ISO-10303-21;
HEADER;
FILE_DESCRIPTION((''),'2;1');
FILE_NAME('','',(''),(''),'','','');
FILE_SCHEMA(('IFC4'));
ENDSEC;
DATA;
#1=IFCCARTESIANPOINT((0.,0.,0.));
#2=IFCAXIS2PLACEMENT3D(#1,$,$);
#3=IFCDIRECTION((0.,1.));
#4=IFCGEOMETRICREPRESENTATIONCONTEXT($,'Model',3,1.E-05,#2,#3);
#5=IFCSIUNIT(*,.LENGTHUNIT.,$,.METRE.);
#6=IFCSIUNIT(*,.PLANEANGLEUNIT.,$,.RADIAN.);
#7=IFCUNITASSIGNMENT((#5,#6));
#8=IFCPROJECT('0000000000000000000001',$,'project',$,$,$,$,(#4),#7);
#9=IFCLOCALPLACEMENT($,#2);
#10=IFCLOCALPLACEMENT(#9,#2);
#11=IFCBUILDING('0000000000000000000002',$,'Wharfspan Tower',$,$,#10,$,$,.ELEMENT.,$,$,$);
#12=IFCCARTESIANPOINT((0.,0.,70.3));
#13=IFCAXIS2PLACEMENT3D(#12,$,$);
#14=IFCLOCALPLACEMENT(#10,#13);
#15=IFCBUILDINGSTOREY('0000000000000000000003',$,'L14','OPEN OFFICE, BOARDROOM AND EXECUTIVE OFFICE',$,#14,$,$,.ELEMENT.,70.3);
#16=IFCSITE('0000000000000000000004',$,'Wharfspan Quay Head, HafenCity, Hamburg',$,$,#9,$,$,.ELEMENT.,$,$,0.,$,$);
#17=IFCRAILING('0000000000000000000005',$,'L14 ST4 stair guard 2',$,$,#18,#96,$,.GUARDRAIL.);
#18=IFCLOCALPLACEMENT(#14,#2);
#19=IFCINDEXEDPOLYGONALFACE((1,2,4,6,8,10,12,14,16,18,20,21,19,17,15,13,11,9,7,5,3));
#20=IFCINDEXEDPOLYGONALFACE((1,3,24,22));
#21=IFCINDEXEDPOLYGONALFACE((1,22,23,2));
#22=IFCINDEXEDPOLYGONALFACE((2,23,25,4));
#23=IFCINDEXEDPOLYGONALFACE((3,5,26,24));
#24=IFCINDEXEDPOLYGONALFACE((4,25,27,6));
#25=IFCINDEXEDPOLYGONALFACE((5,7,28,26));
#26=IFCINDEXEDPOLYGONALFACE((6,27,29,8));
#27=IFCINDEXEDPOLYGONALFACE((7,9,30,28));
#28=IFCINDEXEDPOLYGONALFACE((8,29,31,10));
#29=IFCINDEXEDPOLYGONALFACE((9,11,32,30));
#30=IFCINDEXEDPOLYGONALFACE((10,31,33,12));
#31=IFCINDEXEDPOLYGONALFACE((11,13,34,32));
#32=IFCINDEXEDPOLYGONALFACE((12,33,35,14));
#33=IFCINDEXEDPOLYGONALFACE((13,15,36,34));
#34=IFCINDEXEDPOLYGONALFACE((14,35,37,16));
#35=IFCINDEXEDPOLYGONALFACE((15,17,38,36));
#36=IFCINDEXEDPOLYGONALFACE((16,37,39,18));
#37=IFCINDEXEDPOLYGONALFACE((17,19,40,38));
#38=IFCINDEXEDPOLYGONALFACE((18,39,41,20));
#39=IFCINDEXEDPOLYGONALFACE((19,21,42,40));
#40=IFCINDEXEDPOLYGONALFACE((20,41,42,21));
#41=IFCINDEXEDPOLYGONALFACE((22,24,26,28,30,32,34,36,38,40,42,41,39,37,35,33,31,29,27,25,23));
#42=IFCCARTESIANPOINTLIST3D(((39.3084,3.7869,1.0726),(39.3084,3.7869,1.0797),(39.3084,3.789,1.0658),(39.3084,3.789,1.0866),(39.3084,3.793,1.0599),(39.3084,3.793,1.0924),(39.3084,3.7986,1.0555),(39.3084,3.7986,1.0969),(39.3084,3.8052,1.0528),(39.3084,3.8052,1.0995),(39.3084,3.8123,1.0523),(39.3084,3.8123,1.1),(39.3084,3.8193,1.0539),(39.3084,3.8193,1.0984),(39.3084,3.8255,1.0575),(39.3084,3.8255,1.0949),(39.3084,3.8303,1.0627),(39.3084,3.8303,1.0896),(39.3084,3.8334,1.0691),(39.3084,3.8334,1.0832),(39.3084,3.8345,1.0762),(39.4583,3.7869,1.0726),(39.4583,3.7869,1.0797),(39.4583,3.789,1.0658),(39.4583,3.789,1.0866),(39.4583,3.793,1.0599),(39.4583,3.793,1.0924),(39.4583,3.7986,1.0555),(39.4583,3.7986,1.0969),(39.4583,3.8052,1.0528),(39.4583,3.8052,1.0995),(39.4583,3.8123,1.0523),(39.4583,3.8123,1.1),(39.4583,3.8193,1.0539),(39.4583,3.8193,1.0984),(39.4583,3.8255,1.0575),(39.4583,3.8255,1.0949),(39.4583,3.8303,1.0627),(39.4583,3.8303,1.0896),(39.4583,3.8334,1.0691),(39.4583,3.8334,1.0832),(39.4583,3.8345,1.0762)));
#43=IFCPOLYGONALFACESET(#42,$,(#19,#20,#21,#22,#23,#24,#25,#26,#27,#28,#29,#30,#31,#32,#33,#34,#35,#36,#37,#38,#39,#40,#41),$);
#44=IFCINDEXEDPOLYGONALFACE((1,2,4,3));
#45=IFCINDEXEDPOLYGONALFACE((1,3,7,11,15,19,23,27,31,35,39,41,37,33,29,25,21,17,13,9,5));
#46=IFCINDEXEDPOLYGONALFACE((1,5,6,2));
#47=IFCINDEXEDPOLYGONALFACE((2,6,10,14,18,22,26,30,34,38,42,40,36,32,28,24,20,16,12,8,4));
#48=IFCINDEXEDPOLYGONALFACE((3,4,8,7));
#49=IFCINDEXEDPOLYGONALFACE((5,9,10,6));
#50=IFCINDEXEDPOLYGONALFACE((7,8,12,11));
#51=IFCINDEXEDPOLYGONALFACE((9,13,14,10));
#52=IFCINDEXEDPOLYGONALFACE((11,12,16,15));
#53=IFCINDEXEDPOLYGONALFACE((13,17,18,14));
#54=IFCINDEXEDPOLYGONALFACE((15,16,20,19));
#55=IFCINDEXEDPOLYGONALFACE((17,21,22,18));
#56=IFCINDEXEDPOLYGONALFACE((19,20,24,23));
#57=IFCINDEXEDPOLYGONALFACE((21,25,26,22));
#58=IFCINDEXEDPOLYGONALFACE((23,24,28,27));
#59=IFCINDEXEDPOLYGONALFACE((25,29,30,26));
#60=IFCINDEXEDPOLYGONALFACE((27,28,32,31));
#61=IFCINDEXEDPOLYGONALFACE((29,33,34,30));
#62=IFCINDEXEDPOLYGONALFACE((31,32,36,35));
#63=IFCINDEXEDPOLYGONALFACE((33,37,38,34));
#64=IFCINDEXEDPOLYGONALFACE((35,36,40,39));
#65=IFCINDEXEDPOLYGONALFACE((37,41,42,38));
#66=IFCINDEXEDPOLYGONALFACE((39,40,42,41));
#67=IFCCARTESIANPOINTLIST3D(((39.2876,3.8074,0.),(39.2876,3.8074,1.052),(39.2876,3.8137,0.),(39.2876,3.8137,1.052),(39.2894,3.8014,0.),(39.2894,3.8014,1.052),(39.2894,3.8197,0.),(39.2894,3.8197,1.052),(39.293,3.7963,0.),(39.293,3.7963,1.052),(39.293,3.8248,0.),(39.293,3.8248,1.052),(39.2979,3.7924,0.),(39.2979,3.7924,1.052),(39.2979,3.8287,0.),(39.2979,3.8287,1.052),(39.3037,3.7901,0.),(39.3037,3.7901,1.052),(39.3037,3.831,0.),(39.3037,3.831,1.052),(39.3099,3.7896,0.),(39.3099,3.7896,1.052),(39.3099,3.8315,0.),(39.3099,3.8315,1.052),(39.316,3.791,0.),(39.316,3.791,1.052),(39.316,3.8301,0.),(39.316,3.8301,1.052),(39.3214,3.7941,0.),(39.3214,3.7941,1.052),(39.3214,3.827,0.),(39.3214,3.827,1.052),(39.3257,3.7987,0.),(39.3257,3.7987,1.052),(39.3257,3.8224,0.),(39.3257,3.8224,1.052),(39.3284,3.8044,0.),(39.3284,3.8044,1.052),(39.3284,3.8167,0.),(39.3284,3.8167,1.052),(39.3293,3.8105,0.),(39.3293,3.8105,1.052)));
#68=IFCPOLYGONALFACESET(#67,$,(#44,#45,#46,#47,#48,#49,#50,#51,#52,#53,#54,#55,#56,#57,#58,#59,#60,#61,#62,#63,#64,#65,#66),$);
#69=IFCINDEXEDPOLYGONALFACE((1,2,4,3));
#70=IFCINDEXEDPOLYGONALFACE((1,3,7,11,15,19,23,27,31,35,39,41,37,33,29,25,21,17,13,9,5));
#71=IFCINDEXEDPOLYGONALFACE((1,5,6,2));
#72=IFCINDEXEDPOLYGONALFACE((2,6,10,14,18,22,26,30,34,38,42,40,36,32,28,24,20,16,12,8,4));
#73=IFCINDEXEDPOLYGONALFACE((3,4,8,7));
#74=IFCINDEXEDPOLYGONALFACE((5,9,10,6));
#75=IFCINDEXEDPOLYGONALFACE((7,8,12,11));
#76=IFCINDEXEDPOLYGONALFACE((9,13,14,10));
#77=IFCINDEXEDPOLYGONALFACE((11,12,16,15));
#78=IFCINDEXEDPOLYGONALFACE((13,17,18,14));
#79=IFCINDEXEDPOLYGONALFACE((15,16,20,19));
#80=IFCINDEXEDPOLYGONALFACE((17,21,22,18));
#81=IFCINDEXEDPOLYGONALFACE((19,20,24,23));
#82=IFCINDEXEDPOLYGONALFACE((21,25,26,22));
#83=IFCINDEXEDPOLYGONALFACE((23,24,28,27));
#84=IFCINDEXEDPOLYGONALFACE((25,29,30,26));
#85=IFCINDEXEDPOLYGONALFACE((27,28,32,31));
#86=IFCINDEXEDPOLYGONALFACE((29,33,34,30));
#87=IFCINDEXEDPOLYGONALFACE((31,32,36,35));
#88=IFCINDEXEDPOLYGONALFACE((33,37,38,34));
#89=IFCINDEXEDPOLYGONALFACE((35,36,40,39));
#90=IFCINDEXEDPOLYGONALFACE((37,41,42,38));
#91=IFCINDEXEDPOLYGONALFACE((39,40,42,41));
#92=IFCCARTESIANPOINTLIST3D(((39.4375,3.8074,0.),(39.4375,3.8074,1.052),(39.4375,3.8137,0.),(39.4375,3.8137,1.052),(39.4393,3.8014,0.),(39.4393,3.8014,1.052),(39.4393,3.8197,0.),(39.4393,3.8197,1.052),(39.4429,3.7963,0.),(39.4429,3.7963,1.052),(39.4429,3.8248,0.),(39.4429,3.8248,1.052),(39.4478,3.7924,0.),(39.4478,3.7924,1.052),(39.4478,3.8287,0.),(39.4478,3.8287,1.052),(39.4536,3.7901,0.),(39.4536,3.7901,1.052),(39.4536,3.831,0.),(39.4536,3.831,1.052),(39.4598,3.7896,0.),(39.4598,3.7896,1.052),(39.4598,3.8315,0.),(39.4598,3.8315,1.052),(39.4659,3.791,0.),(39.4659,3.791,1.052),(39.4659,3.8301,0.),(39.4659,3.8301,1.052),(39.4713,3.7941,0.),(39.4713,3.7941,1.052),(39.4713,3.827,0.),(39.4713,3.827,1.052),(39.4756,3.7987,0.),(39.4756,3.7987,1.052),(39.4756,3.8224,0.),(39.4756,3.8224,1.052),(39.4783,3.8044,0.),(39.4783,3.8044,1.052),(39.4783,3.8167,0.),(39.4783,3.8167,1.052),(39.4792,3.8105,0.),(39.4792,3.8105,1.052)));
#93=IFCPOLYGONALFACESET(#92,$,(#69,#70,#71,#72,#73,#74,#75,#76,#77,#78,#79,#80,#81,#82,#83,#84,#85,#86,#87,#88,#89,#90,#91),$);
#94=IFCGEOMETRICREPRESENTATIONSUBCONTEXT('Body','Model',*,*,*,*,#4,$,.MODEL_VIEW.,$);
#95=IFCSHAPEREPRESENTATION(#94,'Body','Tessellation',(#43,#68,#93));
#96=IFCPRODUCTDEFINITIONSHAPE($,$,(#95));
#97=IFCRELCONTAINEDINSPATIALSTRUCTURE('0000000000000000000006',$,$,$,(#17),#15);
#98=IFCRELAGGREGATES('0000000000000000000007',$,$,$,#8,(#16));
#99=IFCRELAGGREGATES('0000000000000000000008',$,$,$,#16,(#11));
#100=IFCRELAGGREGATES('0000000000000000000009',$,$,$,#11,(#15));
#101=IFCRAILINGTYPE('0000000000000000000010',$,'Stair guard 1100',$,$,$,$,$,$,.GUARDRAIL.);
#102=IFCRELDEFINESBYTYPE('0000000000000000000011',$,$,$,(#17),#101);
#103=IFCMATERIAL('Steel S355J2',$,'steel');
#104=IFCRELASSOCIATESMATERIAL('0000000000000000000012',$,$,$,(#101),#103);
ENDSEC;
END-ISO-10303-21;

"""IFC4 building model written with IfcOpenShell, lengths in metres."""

from ifc_helpers import new_model, si_unit, direction, frame, origin, origin_2d, place, context, subcontext, project, spatial, circle, extrude, material, type_object, element, save


model = new_model("IFC4")

# Units and contexts
model_context = context("Model", 3, precision=1e-05, world=origin(), true_north=direction((0.0, 1.0)))
body_context = subcontext(model_context, "Body", "Model", "MODEL_VIEW")
ifc_project = project(units=[si_unit("LENGTHUNIT", "METRE"), si_unit("PLANEANGLEUNIT", "RADIAN")], contexts=[model_context])

# Site, building, storey
site_placement = place(None, origin())
site = spatial("IfcSite", under=ifc_project, at=site_placement, Name="Wharfspan Quay Head, HafenCity, Hamburg", CompositionType="ELEMENT", RefElevation=0.0)
building_placement = place(site_placement, origin())
building = spatial("IfcBuilding", under=site, at=building_placement, Name="Wharfspan Tower", CompositionType="ELEMENT")
storey_placement = place(building_placement, frame((0.0, 0.0, 70.3)))
storey = spatial("IfcBuildingStorey", under=building, at=storey_placement, Name="L14", Description="OPEN OFFICE, BOARDROOM AND EXECUTIVE OFFICE", CompositionType="ELEMENT", Elevation=70.3)

# Shared definitions
ifc_material_1 = material(Name="Steel S355J2", Category="steel")

# Railing
railing_type_1 = type_object("IfcRailingType", Name="Stair guard 1100", PredefinedType="GUARDRAIL", material=ifc_material_1)
railing_1_placement = place(storey_placement, frame((39.3083, 3.8105, 0.0)))
element("IfcRailing", 1, at=railing_1_placement, inside=storey, type_object=railing_type_1, Name="L14 ST4 stair guard 2", PredefinedType="GUARDRAIL", context=body_context, shape_type="SweptSolid", body=[
    extrude(circle(Radius=0.0239, at=origin_2d()), frame((0.0, 0.0, 1.0762), z_axis=(1.0, 0.0, 0.0), x_axis=(0.0, 1.0, 0.0)), (0.0, 0.0, 1.0), 0.1499),
    extrude(circle(Radius=0.021, at=origin_2d()), origin(), (0.0, 0.0, 1.0), 1.052),
    extrude(circle(Radius=0.021, at=origin_2d()), frame((0.1499, 0.0, 0.0)), (0.0, 0.0, 1.0), 1.052),
])

save(model, "model.ifc")
